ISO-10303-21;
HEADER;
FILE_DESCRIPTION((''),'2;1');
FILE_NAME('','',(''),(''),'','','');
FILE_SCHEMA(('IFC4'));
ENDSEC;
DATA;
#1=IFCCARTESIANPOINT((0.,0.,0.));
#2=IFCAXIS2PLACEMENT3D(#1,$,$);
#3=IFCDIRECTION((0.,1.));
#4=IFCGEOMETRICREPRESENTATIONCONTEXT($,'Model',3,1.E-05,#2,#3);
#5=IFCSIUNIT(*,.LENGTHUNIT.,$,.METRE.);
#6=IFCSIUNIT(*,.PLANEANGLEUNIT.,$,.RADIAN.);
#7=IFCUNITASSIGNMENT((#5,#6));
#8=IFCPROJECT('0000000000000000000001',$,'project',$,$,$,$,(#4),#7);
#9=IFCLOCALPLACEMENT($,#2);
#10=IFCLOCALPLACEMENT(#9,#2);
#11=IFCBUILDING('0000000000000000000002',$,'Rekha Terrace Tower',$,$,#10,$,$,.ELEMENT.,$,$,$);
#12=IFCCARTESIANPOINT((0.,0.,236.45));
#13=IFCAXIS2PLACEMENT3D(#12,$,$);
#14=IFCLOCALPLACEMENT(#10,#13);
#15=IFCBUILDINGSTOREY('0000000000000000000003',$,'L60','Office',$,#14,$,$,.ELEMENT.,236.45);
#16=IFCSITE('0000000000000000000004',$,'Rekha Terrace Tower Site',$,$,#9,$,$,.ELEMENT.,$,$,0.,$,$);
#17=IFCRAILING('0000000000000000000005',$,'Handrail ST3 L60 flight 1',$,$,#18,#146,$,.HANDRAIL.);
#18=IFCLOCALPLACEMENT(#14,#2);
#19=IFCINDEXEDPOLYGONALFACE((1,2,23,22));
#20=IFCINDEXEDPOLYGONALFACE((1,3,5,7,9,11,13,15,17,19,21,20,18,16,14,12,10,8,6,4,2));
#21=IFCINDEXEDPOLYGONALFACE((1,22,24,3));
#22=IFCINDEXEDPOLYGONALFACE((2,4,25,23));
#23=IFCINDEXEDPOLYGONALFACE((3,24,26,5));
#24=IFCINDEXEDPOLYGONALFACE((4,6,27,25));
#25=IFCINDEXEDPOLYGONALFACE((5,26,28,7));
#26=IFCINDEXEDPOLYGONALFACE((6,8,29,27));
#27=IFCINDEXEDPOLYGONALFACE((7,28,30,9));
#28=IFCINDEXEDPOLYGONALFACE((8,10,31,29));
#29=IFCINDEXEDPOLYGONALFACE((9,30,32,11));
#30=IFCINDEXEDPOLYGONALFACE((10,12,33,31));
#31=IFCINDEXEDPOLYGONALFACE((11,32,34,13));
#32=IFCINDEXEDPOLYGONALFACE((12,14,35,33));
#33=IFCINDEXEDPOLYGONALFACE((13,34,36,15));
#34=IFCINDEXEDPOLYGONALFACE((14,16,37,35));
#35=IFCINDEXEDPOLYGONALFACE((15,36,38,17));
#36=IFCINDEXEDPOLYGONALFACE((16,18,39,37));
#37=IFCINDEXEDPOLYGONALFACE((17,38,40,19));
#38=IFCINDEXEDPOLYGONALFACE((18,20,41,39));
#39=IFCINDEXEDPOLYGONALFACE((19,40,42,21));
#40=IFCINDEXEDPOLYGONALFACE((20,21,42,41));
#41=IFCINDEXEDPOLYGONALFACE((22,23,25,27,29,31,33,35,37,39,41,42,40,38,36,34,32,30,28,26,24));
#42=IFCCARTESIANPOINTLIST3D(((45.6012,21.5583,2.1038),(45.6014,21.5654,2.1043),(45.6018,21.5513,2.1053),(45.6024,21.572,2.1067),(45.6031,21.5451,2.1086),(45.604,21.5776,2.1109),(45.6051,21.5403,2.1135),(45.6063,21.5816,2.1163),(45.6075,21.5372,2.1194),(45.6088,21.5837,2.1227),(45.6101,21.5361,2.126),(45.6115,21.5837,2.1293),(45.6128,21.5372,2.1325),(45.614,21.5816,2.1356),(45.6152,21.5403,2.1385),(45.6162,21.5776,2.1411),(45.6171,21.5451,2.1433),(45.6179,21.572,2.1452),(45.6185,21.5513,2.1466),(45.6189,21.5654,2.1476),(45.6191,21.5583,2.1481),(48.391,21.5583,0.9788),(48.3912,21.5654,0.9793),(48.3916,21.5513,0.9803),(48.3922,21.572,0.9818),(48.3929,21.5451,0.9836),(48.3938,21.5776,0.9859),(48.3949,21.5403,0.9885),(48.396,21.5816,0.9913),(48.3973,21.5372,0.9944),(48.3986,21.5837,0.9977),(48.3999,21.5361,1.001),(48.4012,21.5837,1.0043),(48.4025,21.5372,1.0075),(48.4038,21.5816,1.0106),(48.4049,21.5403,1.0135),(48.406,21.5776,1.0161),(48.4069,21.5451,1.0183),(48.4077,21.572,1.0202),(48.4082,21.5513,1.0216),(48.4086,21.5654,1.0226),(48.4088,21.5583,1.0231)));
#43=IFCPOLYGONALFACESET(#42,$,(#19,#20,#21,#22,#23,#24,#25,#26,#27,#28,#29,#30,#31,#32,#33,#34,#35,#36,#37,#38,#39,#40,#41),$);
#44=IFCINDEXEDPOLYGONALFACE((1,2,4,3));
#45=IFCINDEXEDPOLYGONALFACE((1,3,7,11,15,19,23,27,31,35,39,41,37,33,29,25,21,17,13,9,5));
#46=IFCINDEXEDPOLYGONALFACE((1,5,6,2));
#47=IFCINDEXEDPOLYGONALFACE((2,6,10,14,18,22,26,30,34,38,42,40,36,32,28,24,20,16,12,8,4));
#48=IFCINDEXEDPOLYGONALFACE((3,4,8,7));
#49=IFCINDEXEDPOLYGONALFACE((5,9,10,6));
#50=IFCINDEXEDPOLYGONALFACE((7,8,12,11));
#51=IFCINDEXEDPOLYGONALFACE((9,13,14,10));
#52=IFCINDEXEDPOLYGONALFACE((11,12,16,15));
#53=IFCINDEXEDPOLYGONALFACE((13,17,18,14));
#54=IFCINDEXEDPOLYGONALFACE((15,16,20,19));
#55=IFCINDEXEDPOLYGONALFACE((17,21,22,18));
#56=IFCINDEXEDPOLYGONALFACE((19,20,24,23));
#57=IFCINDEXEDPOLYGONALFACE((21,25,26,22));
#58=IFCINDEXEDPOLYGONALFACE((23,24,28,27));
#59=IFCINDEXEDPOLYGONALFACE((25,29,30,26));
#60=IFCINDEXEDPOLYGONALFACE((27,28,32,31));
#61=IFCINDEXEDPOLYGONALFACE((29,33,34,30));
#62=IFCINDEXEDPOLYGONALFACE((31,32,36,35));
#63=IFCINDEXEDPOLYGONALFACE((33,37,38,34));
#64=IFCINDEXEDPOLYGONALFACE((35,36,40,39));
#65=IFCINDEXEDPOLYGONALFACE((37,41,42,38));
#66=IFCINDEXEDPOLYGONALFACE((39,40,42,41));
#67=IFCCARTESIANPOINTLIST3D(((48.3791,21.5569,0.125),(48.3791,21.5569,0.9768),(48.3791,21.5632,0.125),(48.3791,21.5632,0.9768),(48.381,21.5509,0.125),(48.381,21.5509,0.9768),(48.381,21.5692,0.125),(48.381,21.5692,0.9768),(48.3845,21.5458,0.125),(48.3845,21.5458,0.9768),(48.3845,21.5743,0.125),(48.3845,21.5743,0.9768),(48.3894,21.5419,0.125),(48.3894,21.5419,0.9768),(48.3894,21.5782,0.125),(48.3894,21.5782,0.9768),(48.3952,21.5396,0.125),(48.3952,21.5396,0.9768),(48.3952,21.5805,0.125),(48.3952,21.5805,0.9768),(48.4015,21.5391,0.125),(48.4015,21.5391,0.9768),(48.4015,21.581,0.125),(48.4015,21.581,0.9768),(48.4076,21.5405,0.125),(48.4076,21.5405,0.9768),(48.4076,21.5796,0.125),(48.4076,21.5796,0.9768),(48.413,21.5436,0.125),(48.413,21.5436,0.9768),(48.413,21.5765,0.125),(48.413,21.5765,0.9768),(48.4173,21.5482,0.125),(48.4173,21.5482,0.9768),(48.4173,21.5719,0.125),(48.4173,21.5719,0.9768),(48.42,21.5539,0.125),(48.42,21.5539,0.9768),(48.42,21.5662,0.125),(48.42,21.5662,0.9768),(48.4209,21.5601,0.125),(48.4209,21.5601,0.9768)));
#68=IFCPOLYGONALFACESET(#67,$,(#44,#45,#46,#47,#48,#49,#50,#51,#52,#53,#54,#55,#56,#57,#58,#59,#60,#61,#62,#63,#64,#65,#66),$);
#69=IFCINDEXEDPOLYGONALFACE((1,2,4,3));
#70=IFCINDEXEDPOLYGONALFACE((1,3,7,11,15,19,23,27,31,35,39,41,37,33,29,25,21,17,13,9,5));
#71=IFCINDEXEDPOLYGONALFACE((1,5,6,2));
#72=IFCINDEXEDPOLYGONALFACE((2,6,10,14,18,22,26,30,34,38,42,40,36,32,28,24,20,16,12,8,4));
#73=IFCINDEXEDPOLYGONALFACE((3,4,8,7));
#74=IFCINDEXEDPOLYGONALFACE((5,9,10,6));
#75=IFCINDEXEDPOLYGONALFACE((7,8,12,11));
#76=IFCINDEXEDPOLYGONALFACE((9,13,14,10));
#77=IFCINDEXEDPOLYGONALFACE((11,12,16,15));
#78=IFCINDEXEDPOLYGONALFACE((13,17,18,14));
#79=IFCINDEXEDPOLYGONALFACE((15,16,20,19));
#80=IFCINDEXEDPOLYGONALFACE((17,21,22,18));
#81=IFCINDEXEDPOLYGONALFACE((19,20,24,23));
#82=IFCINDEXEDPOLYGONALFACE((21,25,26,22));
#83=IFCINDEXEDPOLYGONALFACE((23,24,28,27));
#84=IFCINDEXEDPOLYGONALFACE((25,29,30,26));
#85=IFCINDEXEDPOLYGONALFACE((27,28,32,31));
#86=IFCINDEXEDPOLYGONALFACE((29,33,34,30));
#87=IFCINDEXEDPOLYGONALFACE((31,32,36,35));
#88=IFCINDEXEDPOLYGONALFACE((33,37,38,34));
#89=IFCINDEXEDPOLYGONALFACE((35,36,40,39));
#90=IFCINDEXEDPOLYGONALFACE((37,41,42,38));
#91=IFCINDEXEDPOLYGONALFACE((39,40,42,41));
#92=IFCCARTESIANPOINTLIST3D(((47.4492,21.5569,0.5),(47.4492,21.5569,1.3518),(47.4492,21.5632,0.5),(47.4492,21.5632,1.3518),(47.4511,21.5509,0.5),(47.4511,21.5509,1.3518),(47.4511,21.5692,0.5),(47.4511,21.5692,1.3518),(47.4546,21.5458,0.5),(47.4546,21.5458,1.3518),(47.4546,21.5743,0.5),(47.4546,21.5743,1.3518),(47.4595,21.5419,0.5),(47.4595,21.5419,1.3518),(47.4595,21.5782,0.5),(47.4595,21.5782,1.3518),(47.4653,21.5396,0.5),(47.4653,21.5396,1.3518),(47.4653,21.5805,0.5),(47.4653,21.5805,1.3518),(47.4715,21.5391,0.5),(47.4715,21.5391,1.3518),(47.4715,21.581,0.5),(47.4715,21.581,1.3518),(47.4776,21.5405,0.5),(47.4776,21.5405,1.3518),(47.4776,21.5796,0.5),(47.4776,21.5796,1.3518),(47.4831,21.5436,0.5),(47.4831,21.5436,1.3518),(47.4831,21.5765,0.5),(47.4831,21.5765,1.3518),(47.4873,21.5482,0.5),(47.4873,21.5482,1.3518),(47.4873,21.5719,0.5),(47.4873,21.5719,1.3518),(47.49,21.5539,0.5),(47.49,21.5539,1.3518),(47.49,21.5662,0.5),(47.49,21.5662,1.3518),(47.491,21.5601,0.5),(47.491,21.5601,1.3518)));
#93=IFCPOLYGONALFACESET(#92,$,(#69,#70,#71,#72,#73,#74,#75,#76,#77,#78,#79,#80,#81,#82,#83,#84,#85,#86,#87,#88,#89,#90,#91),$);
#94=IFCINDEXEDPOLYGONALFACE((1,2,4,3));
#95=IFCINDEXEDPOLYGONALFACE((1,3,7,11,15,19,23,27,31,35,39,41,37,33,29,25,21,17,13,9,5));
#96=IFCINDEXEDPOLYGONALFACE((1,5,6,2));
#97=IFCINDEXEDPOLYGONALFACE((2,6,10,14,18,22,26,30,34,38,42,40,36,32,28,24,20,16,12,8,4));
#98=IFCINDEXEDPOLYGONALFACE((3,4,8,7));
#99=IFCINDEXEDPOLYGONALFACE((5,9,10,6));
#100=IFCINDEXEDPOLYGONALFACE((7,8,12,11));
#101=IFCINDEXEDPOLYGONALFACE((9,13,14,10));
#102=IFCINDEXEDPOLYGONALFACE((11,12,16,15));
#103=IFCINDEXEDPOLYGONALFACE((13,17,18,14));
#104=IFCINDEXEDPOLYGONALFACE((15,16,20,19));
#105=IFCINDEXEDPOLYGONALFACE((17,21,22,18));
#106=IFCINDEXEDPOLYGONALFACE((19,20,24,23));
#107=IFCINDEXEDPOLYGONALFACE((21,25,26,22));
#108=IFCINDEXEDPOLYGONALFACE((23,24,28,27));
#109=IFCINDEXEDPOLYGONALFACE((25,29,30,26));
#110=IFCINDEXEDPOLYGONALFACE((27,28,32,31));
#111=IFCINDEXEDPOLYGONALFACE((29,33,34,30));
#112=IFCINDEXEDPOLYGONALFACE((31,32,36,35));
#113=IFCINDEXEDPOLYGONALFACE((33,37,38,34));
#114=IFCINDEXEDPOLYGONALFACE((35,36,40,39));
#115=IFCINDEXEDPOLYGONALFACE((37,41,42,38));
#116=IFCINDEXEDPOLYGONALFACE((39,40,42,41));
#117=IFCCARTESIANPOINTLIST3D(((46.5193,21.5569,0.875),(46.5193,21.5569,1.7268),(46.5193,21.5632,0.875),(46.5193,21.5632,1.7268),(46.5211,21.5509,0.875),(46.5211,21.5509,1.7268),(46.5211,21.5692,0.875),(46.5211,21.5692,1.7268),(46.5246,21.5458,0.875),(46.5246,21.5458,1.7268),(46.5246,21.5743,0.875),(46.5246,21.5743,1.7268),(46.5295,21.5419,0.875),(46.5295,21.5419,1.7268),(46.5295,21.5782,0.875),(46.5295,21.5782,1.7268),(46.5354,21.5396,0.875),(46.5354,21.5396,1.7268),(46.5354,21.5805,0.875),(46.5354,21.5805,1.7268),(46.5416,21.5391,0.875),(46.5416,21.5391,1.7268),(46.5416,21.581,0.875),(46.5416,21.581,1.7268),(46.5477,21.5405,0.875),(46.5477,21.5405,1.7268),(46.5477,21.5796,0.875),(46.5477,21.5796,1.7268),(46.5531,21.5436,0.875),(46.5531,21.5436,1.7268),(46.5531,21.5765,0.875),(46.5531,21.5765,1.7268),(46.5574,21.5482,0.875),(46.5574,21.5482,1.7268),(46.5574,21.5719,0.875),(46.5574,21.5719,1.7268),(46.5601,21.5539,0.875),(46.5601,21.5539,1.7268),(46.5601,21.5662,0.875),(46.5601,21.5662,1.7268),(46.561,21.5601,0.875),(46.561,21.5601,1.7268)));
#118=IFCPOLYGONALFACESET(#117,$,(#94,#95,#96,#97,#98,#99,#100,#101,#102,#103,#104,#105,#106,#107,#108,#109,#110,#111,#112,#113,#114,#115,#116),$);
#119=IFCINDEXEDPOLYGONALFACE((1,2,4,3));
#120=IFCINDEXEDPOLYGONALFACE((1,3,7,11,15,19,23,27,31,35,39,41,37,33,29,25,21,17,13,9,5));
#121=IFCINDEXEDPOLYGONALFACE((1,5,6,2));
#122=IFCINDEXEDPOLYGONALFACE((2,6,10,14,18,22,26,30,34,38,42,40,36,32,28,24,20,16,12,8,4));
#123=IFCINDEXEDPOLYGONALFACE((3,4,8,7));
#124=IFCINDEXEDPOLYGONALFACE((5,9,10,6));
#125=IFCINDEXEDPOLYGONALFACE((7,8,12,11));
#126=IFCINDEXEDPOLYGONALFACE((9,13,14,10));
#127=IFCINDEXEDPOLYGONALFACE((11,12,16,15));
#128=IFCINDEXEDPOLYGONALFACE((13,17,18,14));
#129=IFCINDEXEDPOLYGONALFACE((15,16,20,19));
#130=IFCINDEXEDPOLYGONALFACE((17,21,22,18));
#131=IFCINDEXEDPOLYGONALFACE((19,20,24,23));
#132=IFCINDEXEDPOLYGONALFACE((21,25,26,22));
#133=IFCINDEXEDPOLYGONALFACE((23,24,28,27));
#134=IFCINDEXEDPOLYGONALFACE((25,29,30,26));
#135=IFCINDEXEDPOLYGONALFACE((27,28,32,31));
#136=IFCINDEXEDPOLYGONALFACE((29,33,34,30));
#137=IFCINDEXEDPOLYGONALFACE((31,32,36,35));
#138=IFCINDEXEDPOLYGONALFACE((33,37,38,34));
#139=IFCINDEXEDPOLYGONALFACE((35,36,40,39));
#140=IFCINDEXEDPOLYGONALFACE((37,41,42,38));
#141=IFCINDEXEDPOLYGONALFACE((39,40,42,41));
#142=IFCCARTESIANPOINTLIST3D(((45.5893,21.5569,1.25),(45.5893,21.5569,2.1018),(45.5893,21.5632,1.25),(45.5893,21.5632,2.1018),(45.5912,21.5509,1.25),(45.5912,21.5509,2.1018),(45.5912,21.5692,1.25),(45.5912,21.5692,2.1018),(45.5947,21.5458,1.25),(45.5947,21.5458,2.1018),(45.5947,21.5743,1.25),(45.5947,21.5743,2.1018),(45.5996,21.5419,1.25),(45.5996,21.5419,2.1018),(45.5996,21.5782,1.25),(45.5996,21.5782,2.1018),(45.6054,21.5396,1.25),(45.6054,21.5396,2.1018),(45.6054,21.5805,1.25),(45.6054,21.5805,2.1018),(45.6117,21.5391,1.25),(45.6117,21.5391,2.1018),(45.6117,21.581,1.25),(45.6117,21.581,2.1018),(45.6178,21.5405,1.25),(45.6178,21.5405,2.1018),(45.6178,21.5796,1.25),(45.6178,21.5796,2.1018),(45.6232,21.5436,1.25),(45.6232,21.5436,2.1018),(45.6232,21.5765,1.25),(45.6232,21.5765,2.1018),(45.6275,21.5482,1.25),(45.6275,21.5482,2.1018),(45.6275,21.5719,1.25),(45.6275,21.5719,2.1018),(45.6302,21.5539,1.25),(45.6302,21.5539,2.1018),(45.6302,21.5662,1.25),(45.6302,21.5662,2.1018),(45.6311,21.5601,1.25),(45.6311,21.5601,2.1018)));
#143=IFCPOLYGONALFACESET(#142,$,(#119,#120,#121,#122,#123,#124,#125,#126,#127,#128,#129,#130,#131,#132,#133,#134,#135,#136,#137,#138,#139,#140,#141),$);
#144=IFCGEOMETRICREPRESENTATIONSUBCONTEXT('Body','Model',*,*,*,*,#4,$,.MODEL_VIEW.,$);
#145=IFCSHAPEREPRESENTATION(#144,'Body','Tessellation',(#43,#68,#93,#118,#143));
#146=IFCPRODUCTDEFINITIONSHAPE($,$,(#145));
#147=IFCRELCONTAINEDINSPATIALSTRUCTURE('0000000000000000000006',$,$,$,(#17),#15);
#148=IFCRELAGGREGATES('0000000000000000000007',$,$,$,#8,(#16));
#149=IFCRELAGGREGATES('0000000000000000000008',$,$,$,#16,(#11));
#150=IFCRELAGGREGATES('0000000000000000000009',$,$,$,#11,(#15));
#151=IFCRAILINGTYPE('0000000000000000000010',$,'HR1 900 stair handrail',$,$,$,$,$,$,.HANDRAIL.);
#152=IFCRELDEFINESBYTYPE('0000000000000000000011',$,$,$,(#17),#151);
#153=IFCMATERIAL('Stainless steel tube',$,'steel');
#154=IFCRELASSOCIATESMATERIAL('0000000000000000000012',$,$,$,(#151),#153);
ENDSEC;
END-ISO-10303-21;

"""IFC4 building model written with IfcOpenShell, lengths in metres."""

from ifc_helpers import new_model, si_unit, direction, frame, origin, origin_2d, place, context, subcontext, project, spatial, circle, extrude, material, type_object, element, save


model = new_model("IFC4")

# Units and contexts
model_context = context("Model", 3, precision=1e-05, world=origin(), true_north=direction((0.0, 1.0)))
body_context = subcontext(model_context, "Body", "Model", "MODEL_VIEW")
ifc_project = project(units=[si_unit("LENGTHUNIT", "METRE"), si_unit("PLANEANGLEUNIT", "RADIAN")], contexts=[model_context])

# Site, building, storey
site_placement = place(None, origin())
site = spatial("IfcSite", under=ifc_project, at=site_placement, Name="Rekha Terrace Tower Site", CompositionType="ELEMENT", RefElevation=0.0)
building_placement = place(site_placement, origin())
building = spatial("IfcBuilding", under=site, at=building_placement, Name="Rekha Terrace Tower", CompositionType="ELEMENT")
storey_placement = place(building_placement, frame((0.0, 0.0, 236.45)))
storey = spatial("IfcBuildingStorey", under=building, at=storey_placement, Name="L60", Description="Office", CompositionType="ELEMENT", Elevation=236.45)

# Railing
ifc_material_1 = material(Name="Stainless steel tube", Category="steel")
railing_type_1 = type_object("IfcRailingType", Name="HR1 900 stair handrail", PredefinedType="HANDRAIL", material=ifc_material_1)
railing_1_placement = place(storey_placement, frame((48.3999, 21.5601, 0.125)))
element("IfcRailing", 1, at=railing_1_placement, inside=storey, type_object=railing_type_1, Name="Handrail ST3 L60 flight 1", PredefinedType="HANDRAIL", context=body_context, shape_type="SweptSolid", body=[
    extrude(circle(Radius=0.0239, at=origin_2d()), frame((0.0, 0.0, 0.876), z_axis=(-0.927432, 0.0, 0.373992), x_axis=(0.0, -1.0, 0.0)), (0.0, 0.0, 1.0), 3.0081),
    extrude(circle(Radius=0.021, at=origin_2d()), origin(), (0.0, 0.0, 1.0), 0.8518),
    extrude(circle(Radius=0.021, at=origin_2d()), frame((-0.9299, 0.0, 0.375)), (0.0, 0.0, 1.0), 0.8518),
    extrude(circle(Radius=0.021, at=origin_2d()), frame((-1.8599, 0.0, 0.75)), (0.0, 0.0, 1.0), 0.8518),
    extrude(circle(Radius=0.021, at=origin_2d()), frame((-2.7898, 0.0, 1.125)), (0.0, 0.0, 1.0), 0.8518),
])

save(model, "model.ifc")
